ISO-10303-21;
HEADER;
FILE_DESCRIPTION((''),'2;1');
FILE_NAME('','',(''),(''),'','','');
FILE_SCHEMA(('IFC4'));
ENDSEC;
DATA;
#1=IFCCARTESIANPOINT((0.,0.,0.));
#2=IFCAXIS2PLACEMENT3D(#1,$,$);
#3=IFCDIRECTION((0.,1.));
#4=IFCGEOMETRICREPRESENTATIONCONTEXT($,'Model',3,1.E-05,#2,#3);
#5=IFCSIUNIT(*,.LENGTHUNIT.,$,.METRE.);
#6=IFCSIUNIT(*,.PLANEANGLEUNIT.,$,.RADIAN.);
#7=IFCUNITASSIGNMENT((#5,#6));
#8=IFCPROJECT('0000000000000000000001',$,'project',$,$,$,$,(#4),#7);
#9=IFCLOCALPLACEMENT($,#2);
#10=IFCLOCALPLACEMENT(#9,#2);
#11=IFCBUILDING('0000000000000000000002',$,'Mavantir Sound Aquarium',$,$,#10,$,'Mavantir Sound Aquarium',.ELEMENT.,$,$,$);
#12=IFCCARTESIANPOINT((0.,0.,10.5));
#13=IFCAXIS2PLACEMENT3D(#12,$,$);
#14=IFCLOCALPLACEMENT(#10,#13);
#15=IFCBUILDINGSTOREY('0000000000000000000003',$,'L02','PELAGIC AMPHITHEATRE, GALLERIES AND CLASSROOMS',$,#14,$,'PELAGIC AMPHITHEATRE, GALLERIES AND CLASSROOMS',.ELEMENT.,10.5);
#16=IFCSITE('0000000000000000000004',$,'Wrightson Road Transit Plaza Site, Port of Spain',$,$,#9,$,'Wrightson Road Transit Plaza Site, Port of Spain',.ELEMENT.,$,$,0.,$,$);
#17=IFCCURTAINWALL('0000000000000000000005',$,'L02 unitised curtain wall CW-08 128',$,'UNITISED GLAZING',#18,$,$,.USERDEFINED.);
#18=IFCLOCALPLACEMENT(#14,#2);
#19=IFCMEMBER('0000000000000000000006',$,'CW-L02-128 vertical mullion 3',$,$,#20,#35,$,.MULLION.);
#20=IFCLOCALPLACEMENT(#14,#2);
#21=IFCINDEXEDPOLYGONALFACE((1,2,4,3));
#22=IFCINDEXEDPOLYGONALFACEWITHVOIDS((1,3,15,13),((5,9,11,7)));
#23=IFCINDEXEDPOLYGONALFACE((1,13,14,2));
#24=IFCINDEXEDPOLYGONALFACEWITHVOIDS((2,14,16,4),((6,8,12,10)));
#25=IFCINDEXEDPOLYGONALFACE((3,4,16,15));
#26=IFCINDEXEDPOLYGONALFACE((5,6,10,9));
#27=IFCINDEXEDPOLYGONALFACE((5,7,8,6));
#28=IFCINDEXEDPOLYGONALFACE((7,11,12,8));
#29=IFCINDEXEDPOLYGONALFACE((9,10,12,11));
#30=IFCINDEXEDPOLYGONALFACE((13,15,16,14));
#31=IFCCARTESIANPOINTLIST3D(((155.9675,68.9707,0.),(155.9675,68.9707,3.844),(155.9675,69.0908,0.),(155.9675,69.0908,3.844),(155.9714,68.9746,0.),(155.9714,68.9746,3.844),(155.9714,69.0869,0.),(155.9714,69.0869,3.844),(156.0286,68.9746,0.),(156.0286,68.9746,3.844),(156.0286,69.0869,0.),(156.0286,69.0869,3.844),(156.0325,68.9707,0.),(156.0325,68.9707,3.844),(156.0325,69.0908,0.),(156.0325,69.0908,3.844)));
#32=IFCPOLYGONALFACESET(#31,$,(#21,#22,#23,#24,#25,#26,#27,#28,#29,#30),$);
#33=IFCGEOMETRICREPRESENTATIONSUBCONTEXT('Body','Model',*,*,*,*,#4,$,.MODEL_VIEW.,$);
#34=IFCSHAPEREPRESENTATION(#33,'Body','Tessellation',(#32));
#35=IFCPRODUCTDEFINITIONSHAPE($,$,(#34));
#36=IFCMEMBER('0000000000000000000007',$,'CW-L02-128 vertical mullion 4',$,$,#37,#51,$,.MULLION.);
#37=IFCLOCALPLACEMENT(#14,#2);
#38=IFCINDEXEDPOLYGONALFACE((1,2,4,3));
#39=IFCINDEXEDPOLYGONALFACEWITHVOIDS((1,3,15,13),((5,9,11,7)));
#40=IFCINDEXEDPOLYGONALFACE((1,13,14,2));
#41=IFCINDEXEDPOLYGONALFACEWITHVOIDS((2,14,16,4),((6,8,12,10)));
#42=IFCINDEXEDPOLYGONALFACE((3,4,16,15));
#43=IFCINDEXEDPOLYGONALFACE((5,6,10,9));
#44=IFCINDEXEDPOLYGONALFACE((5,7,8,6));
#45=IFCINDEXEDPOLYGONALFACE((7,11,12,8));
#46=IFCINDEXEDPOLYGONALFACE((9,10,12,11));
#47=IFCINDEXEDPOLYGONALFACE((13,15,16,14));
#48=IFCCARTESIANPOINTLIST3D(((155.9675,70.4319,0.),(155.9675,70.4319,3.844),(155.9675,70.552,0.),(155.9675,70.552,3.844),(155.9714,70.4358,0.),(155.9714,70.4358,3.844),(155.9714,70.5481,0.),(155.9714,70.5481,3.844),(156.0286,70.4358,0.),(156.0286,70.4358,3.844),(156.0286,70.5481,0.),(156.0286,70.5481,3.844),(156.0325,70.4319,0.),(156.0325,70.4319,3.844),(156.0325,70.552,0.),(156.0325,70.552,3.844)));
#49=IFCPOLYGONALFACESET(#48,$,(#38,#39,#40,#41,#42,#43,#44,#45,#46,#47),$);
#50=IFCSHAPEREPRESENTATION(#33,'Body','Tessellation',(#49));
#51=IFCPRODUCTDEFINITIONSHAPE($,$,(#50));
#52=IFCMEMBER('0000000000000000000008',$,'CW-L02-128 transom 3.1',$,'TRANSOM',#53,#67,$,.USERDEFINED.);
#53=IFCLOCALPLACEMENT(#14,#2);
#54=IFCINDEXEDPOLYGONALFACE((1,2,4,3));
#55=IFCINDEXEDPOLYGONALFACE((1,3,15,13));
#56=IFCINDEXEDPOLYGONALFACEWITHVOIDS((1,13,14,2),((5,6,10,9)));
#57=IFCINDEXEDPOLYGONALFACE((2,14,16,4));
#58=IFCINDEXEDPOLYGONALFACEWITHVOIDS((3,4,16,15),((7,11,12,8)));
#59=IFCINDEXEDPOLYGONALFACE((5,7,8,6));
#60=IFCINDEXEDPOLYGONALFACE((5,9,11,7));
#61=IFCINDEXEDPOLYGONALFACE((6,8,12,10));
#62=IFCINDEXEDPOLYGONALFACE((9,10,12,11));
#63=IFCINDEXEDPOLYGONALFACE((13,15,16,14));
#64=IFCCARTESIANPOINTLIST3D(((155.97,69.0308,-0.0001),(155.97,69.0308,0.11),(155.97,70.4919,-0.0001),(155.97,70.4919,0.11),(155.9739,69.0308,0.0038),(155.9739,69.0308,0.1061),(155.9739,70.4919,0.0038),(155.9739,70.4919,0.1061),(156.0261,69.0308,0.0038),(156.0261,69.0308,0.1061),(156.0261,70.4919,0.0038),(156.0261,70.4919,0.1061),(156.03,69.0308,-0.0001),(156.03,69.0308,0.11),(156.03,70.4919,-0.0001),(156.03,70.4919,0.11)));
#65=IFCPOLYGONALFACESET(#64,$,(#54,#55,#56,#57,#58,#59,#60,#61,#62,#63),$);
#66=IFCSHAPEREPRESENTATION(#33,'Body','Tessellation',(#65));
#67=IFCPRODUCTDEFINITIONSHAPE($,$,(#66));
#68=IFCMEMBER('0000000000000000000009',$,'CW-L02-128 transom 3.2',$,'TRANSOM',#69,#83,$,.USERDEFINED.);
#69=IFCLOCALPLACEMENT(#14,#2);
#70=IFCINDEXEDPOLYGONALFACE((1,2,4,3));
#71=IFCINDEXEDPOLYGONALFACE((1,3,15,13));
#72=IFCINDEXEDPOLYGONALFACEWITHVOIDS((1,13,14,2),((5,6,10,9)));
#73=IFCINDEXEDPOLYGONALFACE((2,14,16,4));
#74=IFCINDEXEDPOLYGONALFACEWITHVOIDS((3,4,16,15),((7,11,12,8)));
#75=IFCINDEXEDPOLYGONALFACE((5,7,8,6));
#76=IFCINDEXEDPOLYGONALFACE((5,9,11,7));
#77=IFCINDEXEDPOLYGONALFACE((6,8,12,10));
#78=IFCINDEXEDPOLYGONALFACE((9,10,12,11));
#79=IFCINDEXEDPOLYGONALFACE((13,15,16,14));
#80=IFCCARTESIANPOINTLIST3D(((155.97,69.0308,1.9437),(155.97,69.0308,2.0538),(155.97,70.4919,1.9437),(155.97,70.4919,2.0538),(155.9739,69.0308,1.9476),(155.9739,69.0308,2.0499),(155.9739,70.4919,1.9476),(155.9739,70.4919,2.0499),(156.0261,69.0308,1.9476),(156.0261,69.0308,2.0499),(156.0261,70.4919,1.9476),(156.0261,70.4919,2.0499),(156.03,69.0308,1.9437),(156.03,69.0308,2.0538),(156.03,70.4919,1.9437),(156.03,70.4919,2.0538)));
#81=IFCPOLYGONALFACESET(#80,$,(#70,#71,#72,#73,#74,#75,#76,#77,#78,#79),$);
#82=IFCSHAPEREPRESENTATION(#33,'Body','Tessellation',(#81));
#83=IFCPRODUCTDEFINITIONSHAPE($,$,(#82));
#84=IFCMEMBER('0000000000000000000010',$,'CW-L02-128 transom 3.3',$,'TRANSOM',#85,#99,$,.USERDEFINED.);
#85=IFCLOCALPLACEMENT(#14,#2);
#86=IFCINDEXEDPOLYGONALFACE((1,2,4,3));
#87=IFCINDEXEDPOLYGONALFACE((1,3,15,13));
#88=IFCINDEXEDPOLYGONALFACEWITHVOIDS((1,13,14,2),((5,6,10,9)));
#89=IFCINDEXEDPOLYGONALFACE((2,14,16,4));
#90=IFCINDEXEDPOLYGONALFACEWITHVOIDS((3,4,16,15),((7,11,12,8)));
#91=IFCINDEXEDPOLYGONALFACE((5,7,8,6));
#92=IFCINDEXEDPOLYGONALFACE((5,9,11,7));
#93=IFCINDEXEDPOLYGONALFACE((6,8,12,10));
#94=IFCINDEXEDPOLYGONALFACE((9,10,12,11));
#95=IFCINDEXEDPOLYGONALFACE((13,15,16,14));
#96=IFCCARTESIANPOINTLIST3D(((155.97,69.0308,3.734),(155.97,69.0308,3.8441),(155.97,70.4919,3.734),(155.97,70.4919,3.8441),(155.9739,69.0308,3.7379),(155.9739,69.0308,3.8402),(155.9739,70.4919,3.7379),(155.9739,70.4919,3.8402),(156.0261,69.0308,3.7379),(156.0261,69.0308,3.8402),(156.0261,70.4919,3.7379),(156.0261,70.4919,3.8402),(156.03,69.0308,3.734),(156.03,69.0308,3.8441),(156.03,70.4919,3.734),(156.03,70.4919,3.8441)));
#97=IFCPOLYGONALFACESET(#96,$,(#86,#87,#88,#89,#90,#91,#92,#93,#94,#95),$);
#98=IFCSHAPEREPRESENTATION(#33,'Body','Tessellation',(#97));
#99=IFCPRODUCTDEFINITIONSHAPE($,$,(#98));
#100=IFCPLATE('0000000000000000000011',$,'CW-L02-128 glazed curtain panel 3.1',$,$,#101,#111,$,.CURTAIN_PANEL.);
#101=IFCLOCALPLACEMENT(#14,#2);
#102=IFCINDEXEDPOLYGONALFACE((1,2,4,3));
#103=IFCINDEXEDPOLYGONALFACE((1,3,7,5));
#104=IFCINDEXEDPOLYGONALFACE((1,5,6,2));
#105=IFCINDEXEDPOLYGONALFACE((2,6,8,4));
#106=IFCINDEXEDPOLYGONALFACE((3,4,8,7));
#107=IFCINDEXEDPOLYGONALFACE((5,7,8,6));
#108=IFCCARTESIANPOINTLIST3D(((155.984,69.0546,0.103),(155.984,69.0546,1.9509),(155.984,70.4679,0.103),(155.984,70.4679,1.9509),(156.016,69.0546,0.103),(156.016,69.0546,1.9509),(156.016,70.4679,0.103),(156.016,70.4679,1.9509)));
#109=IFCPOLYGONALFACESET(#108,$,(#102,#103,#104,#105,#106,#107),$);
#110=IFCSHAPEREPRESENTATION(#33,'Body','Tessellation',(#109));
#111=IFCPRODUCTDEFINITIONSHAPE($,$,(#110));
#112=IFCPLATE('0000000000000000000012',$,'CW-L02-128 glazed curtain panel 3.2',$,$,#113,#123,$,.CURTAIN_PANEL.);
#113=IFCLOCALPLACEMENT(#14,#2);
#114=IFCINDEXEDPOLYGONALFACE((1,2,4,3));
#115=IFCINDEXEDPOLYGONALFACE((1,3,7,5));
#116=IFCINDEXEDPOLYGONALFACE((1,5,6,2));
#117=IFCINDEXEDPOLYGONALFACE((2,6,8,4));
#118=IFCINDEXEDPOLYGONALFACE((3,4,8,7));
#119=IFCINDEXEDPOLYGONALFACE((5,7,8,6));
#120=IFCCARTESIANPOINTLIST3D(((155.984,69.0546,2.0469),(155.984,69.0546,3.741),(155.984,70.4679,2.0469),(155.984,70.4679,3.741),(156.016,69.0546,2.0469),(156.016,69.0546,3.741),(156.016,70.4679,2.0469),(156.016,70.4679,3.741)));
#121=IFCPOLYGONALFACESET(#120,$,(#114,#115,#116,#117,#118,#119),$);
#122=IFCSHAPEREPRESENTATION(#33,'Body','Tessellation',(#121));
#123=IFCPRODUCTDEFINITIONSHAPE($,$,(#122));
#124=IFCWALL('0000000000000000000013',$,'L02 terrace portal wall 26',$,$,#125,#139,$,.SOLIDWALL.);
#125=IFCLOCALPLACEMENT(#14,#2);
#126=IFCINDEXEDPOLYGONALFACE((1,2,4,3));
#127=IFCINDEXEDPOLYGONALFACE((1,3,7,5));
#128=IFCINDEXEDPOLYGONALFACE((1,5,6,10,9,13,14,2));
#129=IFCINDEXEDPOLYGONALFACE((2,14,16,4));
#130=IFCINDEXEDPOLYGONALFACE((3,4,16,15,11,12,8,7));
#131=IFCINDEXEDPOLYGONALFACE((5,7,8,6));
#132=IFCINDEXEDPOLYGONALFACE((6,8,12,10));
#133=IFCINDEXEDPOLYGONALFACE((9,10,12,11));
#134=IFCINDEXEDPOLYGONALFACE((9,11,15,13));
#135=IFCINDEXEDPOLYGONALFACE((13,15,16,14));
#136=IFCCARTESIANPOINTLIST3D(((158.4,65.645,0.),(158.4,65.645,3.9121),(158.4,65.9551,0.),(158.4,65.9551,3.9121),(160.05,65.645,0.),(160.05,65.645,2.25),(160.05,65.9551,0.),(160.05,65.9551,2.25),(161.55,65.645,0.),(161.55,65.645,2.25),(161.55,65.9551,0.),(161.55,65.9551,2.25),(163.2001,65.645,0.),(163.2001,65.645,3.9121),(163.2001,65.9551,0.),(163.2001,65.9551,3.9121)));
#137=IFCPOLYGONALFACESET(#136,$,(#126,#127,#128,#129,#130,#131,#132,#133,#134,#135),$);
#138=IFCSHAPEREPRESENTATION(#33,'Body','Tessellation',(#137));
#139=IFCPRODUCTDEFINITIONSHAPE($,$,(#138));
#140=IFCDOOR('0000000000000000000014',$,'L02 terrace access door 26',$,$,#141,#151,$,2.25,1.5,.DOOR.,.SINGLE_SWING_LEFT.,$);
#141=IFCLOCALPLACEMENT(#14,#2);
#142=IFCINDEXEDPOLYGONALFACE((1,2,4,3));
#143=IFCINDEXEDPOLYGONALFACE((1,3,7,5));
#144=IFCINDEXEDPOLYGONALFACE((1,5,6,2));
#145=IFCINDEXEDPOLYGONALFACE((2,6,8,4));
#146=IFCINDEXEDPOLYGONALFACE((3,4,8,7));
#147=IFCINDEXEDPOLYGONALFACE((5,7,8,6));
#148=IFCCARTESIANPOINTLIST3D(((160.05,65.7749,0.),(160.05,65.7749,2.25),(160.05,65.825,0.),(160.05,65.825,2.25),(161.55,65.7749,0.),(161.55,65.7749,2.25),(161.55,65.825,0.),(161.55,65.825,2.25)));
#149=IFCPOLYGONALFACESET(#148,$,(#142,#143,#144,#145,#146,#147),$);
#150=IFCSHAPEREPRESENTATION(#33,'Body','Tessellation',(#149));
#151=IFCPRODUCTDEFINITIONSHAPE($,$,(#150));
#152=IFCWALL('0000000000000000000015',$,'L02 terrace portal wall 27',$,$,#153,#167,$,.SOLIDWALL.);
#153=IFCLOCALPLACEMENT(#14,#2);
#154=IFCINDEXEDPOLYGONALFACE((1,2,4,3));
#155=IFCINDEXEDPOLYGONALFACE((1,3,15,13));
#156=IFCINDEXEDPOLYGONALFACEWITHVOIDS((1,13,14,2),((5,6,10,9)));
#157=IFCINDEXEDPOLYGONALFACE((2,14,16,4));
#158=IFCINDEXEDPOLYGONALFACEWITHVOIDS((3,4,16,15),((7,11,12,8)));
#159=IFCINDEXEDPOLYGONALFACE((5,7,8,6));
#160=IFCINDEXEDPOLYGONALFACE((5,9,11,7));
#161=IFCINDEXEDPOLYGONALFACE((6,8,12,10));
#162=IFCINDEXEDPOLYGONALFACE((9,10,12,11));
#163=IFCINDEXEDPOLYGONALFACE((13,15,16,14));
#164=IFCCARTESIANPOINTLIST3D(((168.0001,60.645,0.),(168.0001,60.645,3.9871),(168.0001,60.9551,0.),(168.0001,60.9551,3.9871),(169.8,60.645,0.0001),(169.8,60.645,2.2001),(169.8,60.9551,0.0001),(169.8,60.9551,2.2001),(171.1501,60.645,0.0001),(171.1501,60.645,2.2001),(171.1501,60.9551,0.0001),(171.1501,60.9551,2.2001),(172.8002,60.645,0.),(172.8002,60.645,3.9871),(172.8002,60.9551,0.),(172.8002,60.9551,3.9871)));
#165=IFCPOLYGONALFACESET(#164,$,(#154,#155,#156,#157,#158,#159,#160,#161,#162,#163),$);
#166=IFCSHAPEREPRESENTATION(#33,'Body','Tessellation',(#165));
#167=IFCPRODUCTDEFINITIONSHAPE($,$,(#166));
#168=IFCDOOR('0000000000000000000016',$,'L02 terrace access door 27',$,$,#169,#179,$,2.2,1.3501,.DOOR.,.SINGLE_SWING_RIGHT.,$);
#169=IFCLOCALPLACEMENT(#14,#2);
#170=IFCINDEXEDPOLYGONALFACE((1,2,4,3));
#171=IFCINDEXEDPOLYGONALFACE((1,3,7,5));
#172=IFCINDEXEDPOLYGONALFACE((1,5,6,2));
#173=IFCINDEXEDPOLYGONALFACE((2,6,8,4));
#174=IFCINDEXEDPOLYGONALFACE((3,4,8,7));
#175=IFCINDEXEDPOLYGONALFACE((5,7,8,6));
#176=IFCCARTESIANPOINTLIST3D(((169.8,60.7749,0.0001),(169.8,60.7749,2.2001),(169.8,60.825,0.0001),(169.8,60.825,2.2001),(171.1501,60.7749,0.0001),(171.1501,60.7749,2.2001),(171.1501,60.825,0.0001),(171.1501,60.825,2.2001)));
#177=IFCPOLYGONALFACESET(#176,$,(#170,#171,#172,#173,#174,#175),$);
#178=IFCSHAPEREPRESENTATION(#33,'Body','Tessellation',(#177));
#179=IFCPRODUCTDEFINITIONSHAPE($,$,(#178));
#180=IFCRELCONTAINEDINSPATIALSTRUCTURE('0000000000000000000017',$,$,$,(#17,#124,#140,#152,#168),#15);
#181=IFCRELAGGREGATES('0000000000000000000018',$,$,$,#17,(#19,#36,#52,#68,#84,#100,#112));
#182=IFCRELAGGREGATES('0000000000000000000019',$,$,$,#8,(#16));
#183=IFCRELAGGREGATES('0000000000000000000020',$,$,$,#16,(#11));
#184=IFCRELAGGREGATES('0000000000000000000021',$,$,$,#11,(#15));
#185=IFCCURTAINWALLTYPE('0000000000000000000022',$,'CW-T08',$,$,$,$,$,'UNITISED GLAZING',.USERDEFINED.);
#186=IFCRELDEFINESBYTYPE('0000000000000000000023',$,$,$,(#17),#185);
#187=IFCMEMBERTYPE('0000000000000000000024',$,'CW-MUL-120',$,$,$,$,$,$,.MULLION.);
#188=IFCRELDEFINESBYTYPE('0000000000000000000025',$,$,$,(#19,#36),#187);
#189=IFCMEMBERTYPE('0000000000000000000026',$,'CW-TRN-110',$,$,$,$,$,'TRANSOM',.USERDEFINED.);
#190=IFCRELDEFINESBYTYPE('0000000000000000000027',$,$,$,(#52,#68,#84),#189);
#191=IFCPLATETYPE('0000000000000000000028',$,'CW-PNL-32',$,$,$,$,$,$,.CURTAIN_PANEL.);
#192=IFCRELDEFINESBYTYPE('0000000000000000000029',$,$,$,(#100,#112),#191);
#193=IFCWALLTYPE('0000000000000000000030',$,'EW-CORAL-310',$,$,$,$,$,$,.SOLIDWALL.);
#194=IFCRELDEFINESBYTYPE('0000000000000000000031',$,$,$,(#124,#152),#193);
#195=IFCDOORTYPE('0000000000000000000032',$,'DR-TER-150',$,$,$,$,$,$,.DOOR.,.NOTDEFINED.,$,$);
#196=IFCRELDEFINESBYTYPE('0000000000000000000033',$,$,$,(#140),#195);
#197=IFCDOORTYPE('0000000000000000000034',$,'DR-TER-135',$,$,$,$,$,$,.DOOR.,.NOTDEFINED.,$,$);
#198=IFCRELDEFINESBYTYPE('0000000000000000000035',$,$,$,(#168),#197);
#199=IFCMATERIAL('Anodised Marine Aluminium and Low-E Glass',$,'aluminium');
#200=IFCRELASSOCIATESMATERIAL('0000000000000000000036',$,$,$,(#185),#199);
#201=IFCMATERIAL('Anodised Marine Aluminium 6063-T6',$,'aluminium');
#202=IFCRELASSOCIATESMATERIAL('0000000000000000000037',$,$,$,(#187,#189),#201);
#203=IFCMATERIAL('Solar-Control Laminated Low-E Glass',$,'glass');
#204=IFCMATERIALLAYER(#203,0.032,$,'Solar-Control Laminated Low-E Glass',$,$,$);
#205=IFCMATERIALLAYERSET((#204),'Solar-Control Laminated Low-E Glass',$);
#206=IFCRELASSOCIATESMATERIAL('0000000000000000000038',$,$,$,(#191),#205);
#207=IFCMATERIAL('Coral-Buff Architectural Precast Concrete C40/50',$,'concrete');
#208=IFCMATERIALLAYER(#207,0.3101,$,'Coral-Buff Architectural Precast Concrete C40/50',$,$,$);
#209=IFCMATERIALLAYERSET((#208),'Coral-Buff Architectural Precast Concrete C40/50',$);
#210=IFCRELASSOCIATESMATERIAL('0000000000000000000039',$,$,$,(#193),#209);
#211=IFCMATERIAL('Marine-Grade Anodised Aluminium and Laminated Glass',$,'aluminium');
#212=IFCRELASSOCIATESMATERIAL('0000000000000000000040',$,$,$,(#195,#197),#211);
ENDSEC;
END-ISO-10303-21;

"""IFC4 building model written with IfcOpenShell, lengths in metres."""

from ifc_helpers import new_model, si_unit, direction, frame, frame_2d, origin, origin_2d, place, context, subcontext, project, spatial, rectangle, hollow_rectangle, extrude, material, layer, layer_set, material_profile, profile_set, type_object, element, fill, aggregate, save


model = new_model("IFC4")

# Units and contexts
model_context = context("Model", 3, precision=1e-05, world=origin(), true_north=direction((0.0, 1.0)))
body_context = subcontext(model_context, "Body", "Model", "MODEL_VIEW")
ifc_project = project(units=[si_unit("LENGTHUNIT", "METRE"), si_unit("PLANEANGLEUNIT", "RADIAN")], contexts=[model_context])

# Site, building, storey
site_placement = place(None, origin())
site = spatial("IfcSite", under=ifc_project, at=site_placement, Name="Wrightson Road Transit Plaza Site, Port of Spain", LongName="Wrightson Road Transit Plaza Site, Port of Spain", CompositionType="ELEMENT", RefElevation=0.0)
building_placement = place(site_placement, origin())
building = spatial("IfcBuilding", under=site, at=building_placement, Name="Mavantir Sound Aquarium", LongName="Mavantir Sound Aquarium", CompositionType="ELEMENT")
storey_placement = place(building_placement, frame((0.0, 0.0, 10.5)))
storey = spatial("IfcBuildingStorey", under=building, at=storey_placement, Name="L02", Description="PELAGIC AMPHITHEATRE, GALLERIES AND CLASSROOMS", LongName="PELAGIC AMPHITHEATRE, GALLERIES AND CLASSROOMS", CompositionType="ELEMENT", Elevation=10.5)

# Curtain wall, members, plates
ifc_material_1 = material(Name="Anodised Marine Aluminium and Low-E Glass", Category="aluminium")
curtain_wall_type = type_object("IfcCurtainWallType", Name="CW-T08", ElementType="UNITISED GLAZING", PredefinedType="USERDEFINED", material=ifc_material_1)
curtain_wall_placement = place(storey_placement, origin())
curtain_wall = element("IfcCurtainWall", 1, at=curtain_wall_placement, inside=storey, type_object=curtain_wall_type, Name="L02 unitised curtain wall CW-08 128", ObjectType="UNITISED GLAZING", PredefinedType="USERDEFINED")
ifc_material_2 = material(Name="Anodised Marine Aluminium 6063-T6", Category="aluminium")
ifc_material_profile_1 = material_profile(ifc_material_2, hollow_rectangle(XDim=0.0649, YDim=0.1201, WallThickness=0.0039, at=origin_2d()), Name="ALU-MULLION-120X65")
ifc_profile_set_1 = profile_set([ifc_material_profile_1], Name="Anodised Marine Aluminium 6063-T6")
member_type_1 = type_object("IfcMemberType", Name="CW-MUL-120", PredefinedType="MULLION", material=ifc_profile_set_1)
member_1_placement = place(storey_placement, frame((156.0, 69.0308, 0.0), z_axis=(0.0, 0.0, 1.0), x_axis=(1.0, 0.0, 0.0)))
member_1 = element("IfcMember", 2, at=member_1_placement, type_object=member_type_1, Name="CW-L02-128 vertical mullion 3", PredefinedType="MULLION", context=body_context, shape_type="SweptSolid", body=[
    extrude(hollow_rectangle(XDim=0.0649, YDim=0.1201, WallThickness=0.0039, at=origin_2d()), origin(), (0.0, 0.0, 1.0), 3.844),
])
member_2_placement = place(storey_placement, frame((156.0, 70.4919, 0.0), z_axis=(0.0, 0.0, 1.0), x_axis=(1.0, 0.0, 0.0)))
member_2 = element("IfcMember", 3, at=member_2_placement, type_object=member_type_1, Name="CW-L02-128 vertical mullion 4", PredefinedType="MULLION", context=body_context, shape_type="SweptSolid", body=[
    extrude(hollow_rectangle(XDim=0.0649, YDim=0.1201, WallThickness=0.0039, at=origin_2d()), origin(), (0.0, 0.0, 1.0), 3.844),
])
ifc_material_profile_2 = material_profile(ifc_material_2, hollow_rectangle(XDim=0.0601, YDim=0.1101, WallThickness=0.0039, at=origin_2d()), Name="ALU-TRANSOM-110X60")
ifc_profile_set_2 = profile_set([ifc_material_profile_2], Name="Anodised Marine Aluminium 6063-T6")
member_type_2 = type_object("IfcMemberType", Name="CW-TRN-110", ElementType="TRANSOM", PredefinedType="USERDEFINED", material=ifc_profile_set_2)
member_3_placement = place(storey_placement, frame((156.0, 69.0308, 0.0549), z_axis=(0.0, 1.0, 0.0), x_axis=(-1.0, 0.0, 0.0)))
member_3 = element("IfcMember", 4, at=member_3_placement, type_object=member_type_2, Name="CW-L02-128 transom 3.1", ObjectType="TRANSOM", PredefinedType="USERDEFINED", context=body_context, shape_type="SweptSolid", body=[
    extrude(hollow_rectangle(XDim=0.0601, YDim=0.1101, WallThickness=0.0039, at=origin_2d()), origin(), (0.0, 0.0, 1.0), 1.4612),
])
member_4_placement = place(storey_placement, frame((156.0, 69.0308, 1.9988), z_axis=(0.0, 1.0, 0.0), x_axis=(-1.0, 0.0, 0.0)))
member_4 = element("IfcMember", 5, at=member_4_placement, type_object=member_type_2, Name="CW-L02-128 transom 3.2", ObjectType="TRANSOM", PredefinedType="USERDEFINED", context=body_context, shape_type="SweptSolid", body=[
    extrude(hollow_rectangle(XDim=0.0601, YDim=0.1101, WallThickness=0.0039, at=origin_2d()), origin(), (0.0, 0.0, 1.0), 1.4612),
])
member_5_placement = place(storey_placement, frame((156.0, 69.0308, 3.7891), z_axis=(0.0, 1.0, 0.0), x_axis=(-1.0, 0.0, 0.0)))
member_5 = element("IfcMember", 6, at=member_5_placement, type_object=member_type_2, Name="CW-L02-128 transom 3.3", ObjectType="TRANSOM", PredefinedType="USERDEFINED", context=body_context, shape_type="SweptSolid", body=[
    extrude(hollow_rectangle(XDim=0.0601, YDim=0.1101, WallThickness=0.0039, at=origin_2d()), origin(), (0.0, 0.0, 1.0), 1.4612),
])
ifc_material_3 = material(Name="Solar-Control Laminated Low-E Glass", Category="glass")
ifc_layer_1 = layer(ifc_material_3, 0.032, Name="Solar-Control Laminated Low-E Glass")
ifc_layer_set_1 = layer_set([ifc_layer_1], Name="Solar-Control Laminated Low-E Glass")
plate_type = type_object("IfcPlateType", Name="CW-PNL-32", PredefinedType="CURTAIN_PANEL", material=ifc_layer_set_1)
plate_1_placement = place(storey_placement, frame((156.0, 69.7612, 0.103), z_axis=(0.0, 0.0, 1.0), x_axis=(0.0, 1.0, 0.0)))
plate_1 = element("IfcPlate", 7, at=plate_1_placement, type_object=plate_type, Name="CW-L02-128 glazed curtain panel 3.1", PredefinedType="CURTAIN_PANEL", context=body_context, shape_type="SweptSolid", body=[
    extrude(rectangle(XDim=1.4133, YDim=0.032, at=origin_2d()), origin(), (0.0, 0.0, 1.0), 1.8479),
])
plate_2_placement = place(storey_placement, frame((156.0, 69.7612, 2.0469), z_axis=(0.0, 0.0, 1.0), x_axis=(0.0, 1.0, 0.0)))
plate_2 = element("IfcPlate", 8, at=plate_2_placement, type_object=plate_type, Name="CW-L02-128 glazed curtain panel 3.2", PredefinedType="CURTAIN_PANEL", context=body_context, shape_type="SweptSolid", body=[
    extrude(rectangle(XDim=1.4133, YDim=0.032, at=origin_2d()), origin(), (0.0, 0.0, 1.0), 1.6941),
])
aggregate(curtain_wall, [member_1, member_2, member_3, member_4, member_5, plate_1, plate_2])

# Walls, openings, doors
ifc_material_4 = material(Name="Coral-Buff Architectural Precast Concrete C40/50", Category="concrete")
ifc_layer_2 = layer(ifc_material_4, 0.3101, Name="Coral-Buff Architectural Precast Concrete C40/50")
ifc_layer_set_2 = layer_set([ifc_layer_2], Name="Coral-Buff Architectural Precast Concrete C40/50")
wall_type_1 = type_object("IfcWallType", Name="EW-CORAL-310", PredefinedType="SOLIDWALL", material=ifc_layer_set_2)
wall_1_placement = place(storey_placement, frame((163.2, 65.8, 0.0), z_axis=(0.0, 0.0, 1.0), x_axis=(-1.0, 0.0, 0.0)))
wall_1 = element("IfcWall", 9, at=wall_1_placement, inside=storey, type_object=wall_type_1, Name="L02 terrace portal wall 26", PredefinedType="SOLIDWALL", context=body_context, shape_type="SweptSolid", body=[
    extrude(rectangle(XDim=4.8, YDim=0.3101, at=frame_2d((2.3999, 0.0))), origin(), (0.0, 0.0, 1.0), 3.9121),
])
opening_1_placement = place(wall_1_placement, frame((3.1499, 0.0, 0.0), z_axis=(0.0, 0.0, 1.0), x_axis=(-1.0, 0.0, 0.0)))
opening_1 = element("IfcOpeningElement", 10, at=opening_1_placement, cuts=wall_1, PredefinedType="OPENING", context=body_context, shape_type="SweptSolid", body=[
    extrude(rectangle(XDim=1.5, YDim=2.25, at=frame_2d((0.75, 1.125))), frame((0.0, 0.165, 0.0), z_axis=(0.0, -1.0, 0.0), x_axis=(1.0, 0.0, 0.0)), (0.0, 0.0, 1.0), 0.3301),
])
ifc_material_5 = material(Name="Marine-Grade Anodised Aluminium and Laminated Glass", Category="aluminium")
door_type_1 = type_object("IfcDoorType", Name="DR-TER-150", OperationType="NOTDEFINED", PredefinedType="DOOR", material=ifc_material_5)
door_1_placement = place(opening_1_placement, origin())
door_1 = element("IfcDoor", 11, at=door_1_placement, inside=storey, type_object=door_type_1, Name="L02 terrace access door 26", OperationType="SINGLE_SWING_LEFT", OverallHeight=2.25, OverallWidth=1.5, PredefinedType="DOOR", context=body_context, shape_type="SweptSolid", body=[
    extrude(rectangle(XDim=1.5, YDim=2.25, at=frame_2d((0.75, 1.125))), frame((0.0, 0.0249, 0.0), z_axis=(0.0, -1.0, 0.0), x_axis=(1.0, 0.0, 0.0)), (0.0, 0.0, 1.0), 0.05),
])
fill(opening_1, door_1)
wall_2_placement = place(storey_placement, frame((172.8, 60.8, 0.0), z_axis=(0.0, 0.0, 1.0), x_axis=(-1.0, 0.0, 0.0)))
wall_2 = element("IfcWall", 12, at=wall_2_placement, inside=storey, type_object=wall_type_1, Name="L02 terrace portal wall 27", PredefinedType="SOLIDWALL", context=body_context, shape_type="SweptSolid", body=[
    extrude(rectangle(XDim=4.8, YDim=0.3101, at=frame_2d((2.3999, 0.0))), origin(), (0.0, 0.0, 1.0), 3.9871),
])
opening_2_placement = place(wall_2_placement, frame((3.0, 0.0, 0.0), z_axis=(0.0, 0.0, 1.0), x_axis=(-1.0, 0.0, 0.0)))
opening_2 = element("IfcOpeningElement", 13, at=opening_2_placement, cuts=wall_2, PredefinedType="OPENING", context=body_context, shape_type="SweptSolid", body=[
    extrude(rectangle(XDim=1.3501, YDim=2.2, at=frame_2d((0.675, 1.1001))), frame((0.0, 0.165, 0.0), z_axis=(0.0, -1.0, 0.0), x_axis=(1.0, 0.0, 0.0)), (0.0, 0.0, 1.0), 0.3301),
])
door_type_2 = type_object("IfcDoorType", Name="DR-TER-135", OperationType="NOTDEFINED", PredefinedType="DOOR", material=ifc_material_5)
door_2_placement = place(opening_2_placement, origin())
door_2 = element("IfcDoor", 14, at=door_2_placement, inside=storey, type_object=door_type_2, Name="L02 terrace access door 27", OperationType="SINGLE_SWING_RIGHT", OverallHeight=2.2, OverallWidth=1.3501, PredefinedType="DOOR", context=body_context, shape_type="SweptSolid", body=[
    extrude(rectangle(XDim=1.3501, YDim=2.2, at=frame_2d((0.675, 1.1001))), frame((0.0, 0.0249, 0.0), z_axis=(0.0, -1.0, 0.0), x_axis=(1.0, 0.0, 0.0)), (0.0, 0.0, 1.0), 0.05),
])
fill(opening_2, door_2)

save(model, "model.ifc")
